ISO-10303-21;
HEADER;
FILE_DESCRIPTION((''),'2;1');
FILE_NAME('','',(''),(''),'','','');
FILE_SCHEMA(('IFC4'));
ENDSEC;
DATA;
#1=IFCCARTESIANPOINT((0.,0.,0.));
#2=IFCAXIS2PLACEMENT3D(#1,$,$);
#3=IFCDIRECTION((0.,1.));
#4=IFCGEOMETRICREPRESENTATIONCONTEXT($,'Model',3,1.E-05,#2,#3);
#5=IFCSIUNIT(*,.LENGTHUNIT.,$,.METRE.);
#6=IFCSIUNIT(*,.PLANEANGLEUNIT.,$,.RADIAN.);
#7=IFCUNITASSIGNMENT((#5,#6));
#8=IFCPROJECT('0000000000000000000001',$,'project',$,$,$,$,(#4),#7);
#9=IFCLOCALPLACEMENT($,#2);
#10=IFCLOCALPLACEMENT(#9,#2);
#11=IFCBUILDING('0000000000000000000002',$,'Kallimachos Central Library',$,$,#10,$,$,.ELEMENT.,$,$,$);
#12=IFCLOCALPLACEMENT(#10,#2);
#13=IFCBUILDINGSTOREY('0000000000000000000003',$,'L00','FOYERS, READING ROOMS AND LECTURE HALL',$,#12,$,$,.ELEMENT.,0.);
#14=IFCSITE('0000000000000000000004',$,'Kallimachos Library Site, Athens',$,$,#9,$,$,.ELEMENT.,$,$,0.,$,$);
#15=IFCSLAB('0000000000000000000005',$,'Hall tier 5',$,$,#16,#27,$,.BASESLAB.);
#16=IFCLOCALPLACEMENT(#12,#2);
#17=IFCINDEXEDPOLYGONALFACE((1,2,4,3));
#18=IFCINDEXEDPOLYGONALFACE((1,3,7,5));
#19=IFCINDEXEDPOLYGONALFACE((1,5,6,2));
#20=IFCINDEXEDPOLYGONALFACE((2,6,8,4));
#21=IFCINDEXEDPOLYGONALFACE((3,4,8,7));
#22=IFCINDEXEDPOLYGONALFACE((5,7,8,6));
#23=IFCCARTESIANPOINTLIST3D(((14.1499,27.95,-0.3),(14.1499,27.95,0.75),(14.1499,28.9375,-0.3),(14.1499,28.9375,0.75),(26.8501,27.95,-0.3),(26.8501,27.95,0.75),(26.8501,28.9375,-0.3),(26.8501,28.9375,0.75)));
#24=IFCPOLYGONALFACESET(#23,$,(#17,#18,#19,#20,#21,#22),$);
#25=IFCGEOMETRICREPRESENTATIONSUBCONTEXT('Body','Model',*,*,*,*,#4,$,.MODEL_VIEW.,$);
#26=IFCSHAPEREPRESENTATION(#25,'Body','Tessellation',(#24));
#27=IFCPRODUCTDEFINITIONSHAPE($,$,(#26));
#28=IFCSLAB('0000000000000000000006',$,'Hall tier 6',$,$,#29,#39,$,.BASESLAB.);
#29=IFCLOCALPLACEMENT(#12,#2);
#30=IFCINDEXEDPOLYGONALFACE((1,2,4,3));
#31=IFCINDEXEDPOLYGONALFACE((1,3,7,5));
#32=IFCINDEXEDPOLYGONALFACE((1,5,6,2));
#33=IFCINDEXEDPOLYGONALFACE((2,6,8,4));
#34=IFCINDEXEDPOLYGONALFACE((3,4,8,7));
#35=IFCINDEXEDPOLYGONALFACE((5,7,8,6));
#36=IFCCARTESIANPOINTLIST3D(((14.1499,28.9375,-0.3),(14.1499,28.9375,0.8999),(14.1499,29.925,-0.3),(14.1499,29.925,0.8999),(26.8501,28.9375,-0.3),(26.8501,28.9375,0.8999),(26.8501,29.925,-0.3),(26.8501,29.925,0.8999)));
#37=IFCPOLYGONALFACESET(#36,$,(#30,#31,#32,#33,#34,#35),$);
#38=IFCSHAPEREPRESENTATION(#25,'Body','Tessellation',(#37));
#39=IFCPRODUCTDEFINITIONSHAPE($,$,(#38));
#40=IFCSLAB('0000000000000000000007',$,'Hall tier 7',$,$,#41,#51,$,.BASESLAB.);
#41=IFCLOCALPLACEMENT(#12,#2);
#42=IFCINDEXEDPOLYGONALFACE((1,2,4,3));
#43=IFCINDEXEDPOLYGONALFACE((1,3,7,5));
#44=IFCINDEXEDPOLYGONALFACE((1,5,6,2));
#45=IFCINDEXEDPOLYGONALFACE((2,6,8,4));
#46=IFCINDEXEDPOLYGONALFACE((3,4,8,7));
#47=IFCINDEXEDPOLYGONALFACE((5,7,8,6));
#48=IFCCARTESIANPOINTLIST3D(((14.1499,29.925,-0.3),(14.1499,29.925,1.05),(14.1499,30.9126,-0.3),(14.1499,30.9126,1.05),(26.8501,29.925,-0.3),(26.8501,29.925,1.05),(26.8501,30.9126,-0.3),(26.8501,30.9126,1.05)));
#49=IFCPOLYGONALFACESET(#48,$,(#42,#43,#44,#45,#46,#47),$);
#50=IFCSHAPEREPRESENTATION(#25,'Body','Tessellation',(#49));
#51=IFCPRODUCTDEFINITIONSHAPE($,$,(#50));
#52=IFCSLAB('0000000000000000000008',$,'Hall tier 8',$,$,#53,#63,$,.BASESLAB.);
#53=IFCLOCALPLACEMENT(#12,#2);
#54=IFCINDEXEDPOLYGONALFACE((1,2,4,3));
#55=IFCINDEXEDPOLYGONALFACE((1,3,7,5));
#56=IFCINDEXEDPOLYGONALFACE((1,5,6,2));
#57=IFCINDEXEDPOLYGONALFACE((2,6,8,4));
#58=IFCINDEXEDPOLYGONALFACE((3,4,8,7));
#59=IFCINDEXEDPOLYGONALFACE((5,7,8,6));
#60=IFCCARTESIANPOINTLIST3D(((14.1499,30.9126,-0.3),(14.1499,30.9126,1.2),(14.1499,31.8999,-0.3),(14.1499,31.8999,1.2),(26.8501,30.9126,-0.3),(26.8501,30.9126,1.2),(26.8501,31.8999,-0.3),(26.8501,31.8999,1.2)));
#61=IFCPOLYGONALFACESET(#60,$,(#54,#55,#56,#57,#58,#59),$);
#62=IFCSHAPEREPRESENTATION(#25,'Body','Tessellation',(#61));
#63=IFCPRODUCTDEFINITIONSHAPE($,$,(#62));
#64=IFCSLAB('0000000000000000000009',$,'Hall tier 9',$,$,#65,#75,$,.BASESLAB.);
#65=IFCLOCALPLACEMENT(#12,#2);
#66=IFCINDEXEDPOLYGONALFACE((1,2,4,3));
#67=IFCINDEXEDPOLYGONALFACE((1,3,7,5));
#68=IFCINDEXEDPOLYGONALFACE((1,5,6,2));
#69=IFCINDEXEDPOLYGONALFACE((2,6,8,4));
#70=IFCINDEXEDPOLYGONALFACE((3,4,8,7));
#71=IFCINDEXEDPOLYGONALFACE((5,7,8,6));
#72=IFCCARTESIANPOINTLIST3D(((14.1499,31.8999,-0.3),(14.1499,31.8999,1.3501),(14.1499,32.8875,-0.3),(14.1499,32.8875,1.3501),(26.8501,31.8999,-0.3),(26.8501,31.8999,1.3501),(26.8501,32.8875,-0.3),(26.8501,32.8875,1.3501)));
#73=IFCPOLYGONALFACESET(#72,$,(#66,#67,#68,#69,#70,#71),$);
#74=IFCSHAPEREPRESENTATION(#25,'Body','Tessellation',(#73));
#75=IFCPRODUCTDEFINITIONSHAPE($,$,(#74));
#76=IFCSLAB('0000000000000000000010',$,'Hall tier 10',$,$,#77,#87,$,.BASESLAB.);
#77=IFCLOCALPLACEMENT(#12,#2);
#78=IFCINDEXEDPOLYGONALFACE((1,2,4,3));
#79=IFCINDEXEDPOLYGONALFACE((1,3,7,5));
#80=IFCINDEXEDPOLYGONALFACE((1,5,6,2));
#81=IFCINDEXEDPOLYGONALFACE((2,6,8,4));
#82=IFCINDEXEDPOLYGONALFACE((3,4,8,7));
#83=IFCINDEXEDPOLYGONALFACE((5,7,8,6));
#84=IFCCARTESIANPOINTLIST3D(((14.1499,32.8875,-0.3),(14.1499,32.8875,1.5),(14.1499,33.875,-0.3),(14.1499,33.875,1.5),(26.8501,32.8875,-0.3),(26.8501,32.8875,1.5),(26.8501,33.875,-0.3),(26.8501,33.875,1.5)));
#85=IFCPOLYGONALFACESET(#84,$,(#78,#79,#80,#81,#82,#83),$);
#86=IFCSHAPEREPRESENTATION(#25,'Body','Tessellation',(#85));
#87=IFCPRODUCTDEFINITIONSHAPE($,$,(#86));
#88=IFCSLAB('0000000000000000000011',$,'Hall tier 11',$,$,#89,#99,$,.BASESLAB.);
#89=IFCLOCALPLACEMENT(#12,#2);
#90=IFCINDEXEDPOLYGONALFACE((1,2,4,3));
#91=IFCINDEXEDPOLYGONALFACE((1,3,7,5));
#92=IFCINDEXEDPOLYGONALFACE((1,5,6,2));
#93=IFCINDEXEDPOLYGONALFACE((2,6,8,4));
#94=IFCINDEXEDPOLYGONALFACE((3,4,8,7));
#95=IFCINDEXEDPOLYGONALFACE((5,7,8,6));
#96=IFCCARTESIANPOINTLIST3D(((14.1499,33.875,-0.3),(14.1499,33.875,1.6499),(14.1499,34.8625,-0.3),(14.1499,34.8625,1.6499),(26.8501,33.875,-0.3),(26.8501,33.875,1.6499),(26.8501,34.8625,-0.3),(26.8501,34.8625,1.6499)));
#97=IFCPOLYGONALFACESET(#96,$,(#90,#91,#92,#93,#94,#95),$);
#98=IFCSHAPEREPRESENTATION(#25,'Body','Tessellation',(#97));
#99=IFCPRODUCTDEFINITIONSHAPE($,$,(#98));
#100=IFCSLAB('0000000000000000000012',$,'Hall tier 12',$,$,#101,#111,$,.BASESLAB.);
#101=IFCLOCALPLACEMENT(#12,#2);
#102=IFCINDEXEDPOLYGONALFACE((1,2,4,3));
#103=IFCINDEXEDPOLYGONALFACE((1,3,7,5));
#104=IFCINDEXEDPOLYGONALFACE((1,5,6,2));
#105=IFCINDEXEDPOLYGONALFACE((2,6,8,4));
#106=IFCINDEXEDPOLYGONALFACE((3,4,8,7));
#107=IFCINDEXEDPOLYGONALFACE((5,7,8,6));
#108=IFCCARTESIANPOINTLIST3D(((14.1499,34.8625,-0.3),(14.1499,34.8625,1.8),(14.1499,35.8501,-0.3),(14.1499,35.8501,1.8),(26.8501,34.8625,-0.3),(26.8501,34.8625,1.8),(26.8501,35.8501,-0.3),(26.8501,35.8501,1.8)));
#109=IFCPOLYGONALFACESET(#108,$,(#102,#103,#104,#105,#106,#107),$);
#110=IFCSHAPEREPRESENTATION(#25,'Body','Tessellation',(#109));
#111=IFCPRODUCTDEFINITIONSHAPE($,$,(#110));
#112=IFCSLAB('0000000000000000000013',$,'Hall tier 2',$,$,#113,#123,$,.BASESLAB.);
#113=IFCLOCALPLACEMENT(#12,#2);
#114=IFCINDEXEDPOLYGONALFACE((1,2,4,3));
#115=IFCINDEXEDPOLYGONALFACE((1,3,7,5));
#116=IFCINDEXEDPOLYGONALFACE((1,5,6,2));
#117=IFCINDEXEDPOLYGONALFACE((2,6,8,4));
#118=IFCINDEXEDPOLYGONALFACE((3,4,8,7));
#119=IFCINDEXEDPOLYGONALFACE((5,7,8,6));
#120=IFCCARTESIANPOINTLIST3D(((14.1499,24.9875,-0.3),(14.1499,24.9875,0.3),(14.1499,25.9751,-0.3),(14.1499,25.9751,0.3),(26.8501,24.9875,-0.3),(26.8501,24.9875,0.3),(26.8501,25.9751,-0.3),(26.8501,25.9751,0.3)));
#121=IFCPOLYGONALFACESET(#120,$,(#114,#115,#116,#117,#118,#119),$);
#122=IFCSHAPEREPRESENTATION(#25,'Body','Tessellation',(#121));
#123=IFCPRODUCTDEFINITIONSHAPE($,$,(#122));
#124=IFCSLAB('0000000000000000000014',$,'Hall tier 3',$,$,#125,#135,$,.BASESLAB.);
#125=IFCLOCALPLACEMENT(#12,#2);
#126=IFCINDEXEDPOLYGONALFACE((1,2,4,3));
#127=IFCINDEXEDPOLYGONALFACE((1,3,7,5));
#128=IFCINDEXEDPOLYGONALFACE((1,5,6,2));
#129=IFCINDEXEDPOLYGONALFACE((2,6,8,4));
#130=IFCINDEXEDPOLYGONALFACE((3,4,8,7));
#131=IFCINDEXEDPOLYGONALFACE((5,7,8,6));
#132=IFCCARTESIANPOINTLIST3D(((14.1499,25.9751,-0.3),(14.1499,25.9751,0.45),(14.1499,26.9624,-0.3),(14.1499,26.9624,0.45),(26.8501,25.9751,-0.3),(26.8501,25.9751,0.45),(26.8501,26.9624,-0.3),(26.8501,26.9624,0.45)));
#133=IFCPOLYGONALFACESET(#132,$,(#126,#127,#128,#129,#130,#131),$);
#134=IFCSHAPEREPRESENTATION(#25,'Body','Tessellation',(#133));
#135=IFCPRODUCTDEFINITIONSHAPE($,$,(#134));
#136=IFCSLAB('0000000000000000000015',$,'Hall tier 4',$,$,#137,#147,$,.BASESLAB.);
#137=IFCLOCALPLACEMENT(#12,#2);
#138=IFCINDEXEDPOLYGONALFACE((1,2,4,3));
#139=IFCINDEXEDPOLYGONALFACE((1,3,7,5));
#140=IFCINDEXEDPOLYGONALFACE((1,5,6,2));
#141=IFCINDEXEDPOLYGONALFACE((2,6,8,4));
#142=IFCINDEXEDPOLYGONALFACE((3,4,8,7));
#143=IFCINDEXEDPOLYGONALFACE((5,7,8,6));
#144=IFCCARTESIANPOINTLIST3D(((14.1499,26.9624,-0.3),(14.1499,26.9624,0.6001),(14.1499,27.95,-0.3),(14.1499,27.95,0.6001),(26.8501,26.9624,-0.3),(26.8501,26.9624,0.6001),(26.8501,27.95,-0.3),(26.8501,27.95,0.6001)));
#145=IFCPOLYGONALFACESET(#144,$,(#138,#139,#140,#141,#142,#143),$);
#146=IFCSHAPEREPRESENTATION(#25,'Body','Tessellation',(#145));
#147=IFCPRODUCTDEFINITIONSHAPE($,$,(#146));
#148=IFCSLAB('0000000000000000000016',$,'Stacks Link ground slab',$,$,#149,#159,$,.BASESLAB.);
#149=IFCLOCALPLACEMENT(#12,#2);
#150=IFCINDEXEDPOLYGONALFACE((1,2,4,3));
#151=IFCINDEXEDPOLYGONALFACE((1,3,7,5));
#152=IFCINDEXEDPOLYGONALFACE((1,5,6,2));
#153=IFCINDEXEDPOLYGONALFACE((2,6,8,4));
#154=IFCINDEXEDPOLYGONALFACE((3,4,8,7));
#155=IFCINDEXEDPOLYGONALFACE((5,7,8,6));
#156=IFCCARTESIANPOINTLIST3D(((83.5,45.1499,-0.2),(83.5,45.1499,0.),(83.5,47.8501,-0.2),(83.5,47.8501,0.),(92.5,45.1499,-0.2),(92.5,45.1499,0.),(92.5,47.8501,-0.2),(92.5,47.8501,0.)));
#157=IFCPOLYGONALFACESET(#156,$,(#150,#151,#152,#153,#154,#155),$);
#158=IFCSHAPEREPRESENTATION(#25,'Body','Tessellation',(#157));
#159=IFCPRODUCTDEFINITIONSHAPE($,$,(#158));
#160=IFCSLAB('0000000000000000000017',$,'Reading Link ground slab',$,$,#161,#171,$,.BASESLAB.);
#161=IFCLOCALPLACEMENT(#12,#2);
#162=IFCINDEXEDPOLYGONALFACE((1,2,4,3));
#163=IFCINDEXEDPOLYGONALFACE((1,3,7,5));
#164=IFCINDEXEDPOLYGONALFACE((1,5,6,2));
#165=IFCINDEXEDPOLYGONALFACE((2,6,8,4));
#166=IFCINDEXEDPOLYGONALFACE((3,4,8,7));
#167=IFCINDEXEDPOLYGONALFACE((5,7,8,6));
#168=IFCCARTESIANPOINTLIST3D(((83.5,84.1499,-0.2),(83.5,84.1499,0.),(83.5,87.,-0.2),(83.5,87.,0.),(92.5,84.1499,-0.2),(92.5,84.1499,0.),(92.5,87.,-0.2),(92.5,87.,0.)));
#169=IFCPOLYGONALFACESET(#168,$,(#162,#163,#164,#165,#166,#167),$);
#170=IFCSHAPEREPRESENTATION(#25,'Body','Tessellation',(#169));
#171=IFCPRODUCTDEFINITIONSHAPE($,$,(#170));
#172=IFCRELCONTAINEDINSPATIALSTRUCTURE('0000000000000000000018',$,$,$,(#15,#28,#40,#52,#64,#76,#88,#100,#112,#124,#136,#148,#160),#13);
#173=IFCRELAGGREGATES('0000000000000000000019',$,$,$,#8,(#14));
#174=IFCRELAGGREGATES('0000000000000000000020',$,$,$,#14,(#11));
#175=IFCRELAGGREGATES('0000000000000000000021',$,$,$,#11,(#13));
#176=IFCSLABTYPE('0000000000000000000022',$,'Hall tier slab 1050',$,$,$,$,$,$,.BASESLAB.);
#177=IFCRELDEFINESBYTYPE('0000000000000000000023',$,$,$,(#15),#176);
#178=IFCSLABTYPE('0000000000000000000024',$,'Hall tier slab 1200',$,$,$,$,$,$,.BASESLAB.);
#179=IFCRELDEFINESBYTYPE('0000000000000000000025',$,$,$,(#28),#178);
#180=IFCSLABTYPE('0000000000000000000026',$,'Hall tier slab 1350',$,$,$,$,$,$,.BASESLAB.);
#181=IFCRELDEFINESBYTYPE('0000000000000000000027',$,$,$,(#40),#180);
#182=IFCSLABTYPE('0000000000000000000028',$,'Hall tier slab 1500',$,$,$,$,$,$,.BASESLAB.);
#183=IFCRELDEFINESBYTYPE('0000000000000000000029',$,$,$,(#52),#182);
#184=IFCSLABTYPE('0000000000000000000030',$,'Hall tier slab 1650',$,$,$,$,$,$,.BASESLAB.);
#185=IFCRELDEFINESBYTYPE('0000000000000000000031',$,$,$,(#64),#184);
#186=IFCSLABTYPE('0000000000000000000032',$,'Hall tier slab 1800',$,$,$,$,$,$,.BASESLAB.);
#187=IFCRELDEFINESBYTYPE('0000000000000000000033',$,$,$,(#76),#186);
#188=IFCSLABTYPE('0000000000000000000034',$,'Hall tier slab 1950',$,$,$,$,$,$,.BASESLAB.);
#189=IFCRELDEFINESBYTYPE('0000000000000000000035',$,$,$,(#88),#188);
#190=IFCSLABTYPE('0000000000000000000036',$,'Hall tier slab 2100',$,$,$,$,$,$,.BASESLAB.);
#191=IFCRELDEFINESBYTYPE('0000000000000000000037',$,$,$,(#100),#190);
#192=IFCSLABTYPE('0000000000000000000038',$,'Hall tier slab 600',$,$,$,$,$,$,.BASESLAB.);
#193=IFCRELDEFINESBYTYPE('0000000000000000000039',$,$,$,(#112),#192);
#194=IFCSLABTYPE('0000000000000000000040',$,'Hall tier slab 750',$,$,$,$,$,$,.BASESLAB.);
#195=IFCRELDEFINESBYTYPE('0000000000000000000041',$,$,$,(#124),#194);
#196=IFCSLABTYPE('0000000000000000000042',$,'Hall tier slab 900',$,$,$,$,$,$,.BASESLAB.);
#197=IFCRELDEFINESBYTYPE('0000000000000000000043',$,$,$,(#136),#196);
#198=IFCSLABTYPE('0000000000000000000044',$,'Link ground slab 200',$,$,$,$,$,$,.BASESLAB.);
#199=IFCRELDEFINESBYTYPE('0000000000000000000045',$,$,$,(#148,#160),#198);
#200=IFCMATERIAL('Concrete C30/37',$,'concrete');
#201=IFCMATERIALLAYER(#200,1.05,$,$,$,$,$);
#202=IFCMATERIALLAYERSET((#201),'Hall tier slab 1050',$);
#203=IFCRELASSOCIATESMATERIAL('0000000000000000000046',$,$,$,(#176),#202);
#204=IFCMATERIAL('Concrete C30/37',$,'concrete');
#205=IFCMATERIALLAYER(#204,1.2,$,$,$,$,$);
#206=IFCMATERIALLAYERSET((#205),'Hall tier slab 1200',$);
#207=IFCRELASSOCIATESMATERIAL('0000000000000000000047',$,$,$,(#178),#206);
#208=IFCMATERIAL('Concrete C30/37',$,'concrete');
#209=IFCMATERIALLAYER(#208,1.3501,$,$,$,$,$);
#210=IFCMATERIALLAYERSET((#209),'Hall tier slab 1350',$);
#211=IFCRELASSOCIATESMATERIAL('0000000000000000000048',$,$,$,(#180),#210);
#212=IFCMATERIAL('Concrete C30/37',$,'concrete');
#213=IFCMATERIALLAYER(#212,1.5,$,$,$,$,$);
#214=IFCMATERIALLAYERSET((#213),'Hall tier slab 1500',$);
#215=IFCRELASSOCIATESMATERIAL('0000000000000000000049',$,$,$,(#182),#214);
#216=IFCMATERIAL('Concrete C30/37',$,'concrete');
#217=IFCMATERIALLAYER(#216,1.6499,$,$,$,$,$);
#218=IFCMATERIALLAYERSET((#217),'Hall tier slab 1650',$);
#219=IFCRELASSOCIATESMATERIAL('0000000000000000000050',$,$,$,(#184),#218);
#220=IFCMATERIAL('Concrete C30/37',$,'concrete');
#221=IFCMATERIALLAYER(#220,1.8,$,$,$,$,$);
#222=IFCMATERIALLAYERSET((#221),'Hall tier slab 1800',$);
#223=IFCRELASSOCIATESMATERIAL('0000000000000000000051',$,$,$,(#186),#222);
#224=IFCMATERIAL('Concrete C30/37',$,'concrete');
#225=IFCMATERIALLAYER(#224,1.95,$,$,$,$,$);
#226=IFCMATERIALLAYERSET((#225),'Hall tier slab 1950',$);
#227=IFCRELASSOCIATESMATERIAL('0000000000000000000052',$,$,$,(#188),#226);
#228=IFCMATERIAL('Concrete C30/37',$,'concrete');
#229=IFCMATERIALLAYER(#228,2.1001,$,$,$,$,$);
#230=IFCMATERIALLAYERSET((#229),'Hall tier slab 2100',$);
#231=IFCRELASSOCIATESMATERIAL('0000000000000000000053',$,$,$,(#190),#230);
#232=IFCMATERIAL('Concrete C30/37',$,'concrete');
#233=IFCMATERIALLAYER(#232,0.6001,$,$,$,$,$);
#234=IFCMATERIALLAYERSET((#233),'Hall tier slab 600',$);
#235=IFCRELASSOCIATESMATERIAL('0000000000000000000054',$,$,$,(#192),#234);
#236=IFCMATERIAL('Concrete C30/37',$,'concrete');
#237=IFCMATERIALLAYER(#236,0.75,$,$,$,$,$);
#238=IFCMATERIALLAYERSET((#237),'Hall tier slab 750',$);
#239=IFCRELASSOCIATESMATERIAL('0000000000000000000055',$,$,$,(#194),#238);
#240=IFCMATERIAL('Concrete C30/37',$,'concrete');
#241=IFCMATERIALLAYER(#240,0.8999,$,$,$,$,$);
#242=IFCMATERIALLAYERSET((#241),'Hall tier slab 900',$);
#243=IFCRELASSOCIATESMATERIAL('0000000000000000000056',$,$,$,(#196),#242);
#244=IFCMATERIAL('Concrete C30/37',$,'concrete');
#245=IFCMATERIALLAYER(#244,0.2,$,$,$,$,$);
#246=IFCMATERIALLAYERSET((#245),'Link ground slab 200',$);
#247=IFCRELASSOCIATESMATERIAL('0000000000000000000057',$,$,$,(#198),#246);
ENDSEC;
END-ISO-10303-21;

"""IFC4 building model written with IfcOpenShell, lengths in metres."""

from ifc_helpers import new_model, si_unit, direction, frame, origin, place, context, subcontext, project, spatial, polyline, outline, extrude, material, layer, layer_set, type_object, element, save


model = new_model("IFC4")

# Units and contexts
model_context = context("Model", 3, precision=1e-05, world=origin(), true_north=direction((0.0, 1.0)))
body_context = subcontext(model_context, "Body", "Model", "MODEL_VIEW")
ifc_project = project(units=[si_unit("LENGTHUNIT", "METRE"), si_unit("PLANEANGLEUNIT", "RADIAN")], contexts=[model_context])

# Site, building, storey
site_placement = place(None, origin())
site = spatial("IfcSite", under=ifc_project, at=site_placement, Name="Kallimachos Library Site, Athens", CompositionType="ELEMENT", RefElevation=0.0)
building_placement = place(site_placement, origin())
building = spatial("IfcBuilding", under=site, at=building_placement, Name="Kallimachos Central Library", CompositionType="ELEMENT")
storey_placement = place(building_placement, origin())
storey = spatial("IfcBuildingStorey", under=building, at=storey_placement, Name="L00", Description="FOYERS, READING ROOMS AND LECTURE HALL", CompositionType="ELEMENT", Elevation=0.0)

# Slabs
ifc_material_1 = material(Name="Concrete C30/37", Category="concrete")
ifc_layer_1 = layer(ifc_material_1, 1.05)
ifc_layer_set_1 = layer_set([ifc_layer_1], Name="Hall tier slab 1050")
slab_type_1 = type_object("IfcSlabType", Name="Hall tier slab 1050", PredefinedType="BASESLAB", material=ifc_layer_set_1)
slab_1_placement = place(storey_placement, frame((0.0, 0.0, -0.3)))
element("IfcSlab", 1, at=slab_1_placement, inside=storey, type_object=slab_type_1, Name="Hall tier 5", PredefinedType="BASESLAB", context=body_context, shape_type="SweptSolid", body=[
    extrude(outline(polyline([(14.1499, 27.95), (26.8501, 27.95), (26.8501, 28.9375), (14.1499, 28.9375), (14.1499, 27.95)])), origin(), (0.0, 0.0, 1.0), 1.05),
])
ifc_material_2 = material(Name="Concrete C30/37", Category="concrete")
ifc_layer_2 = layer(ifc_material_2, 1.2)
ifc_layer_set_2 = layer_set([ifc_layer_2], Name="Hall tier slab 1200")
slab_type_2 = type_object("IfcSlabType", Name="Hall tier slab 1200", PredefinedType="BASESLAB", material=ifc_layer_set_2)
slab_2_placement = place(storey_placement, frame((0.0, 0.0, -0.3)))
element("IfcSlab", 2, at=slab_2_placement, inside=storey, type_object=slab_type_2, Name="Hall tier 6", PredefinedType="BASESLAB", context=body_context, shape_type="SweptSolid", body=[
    extrude(outline(polyline([(14.1499, 28.9375), (26.8501, 28.9375), (26.8501, 29.925), (14.1499, 29.925), (14.1499, 28.9375)])), origin(), (0.0, 0.0, 1.0), 1.2),
])
ifc_material_3 = material(Name="Concrete C30/37", Category="concrete")
ifc_layer_3 = layer(ifc_material_3, 1.3501)
ifc_layer_set_3 = layer_set([ifc_layer_3], Name="Hall tier slab 1350")
slab_type_3 = type_object("IfcSlabType", Name="Hall tier slab 1350", PredefinedType="BASESLAB", material=ifc_layer_set_3)
slab_3_placement = place(storey_placement, frame((0.0, 0.0, -0.3)))
element("IfcSlab", 3, at=slab_3_placement, inside=storey, type_object=slab_type_3, Name="Hall tier 7", PredefinedType="BASESLAB", context=body_context, shape_type="SweptSolid", body=[
    extrude(outline(polyline([(14.1499, 29.925), (26.8501, 29.925), (26.8501, 30.9126), (14.1499, 30.9126), (14.1499, 29.925)])), origin(), (0.0, 0.0, 1.0), 1.3501),
])
ifc_material_4 = material(Name="Concrete C30/37", Category="concrete")
ifc_layer_4 = layer(ifc_material_4, 1.5)
ifc_layer_set_4 = layer_set([ifc_layer_4], Name="Hall tier slab 1500")
slab_type_4 = type_object("IfcSlabType", Name="Hall tier slab 1500", PredefinedType="BASESLAB", material=ifc_layer_set_4)
slab_4_placement = place(storey_placement, frame((0.0, 0.0, -0.3)))
element("IfcSlab", 4, at=slab_4_placement, inside=storey, type_object=slab_type_4, Name="Hall tier 8", PredefinedType="BASESLAB", context=body_context, shape_type="SweptSolid", body=[
    extrude(outline(polyline([(14.1499, 30.9126), (26.8501, 30.9126), (26.8501, 31.8999), (14.1499, 31.8999), (14.1499, 30.9126)])), origin(), (0.0, 0.0, 1.0), 1.5),
])
ifc_material_5 = material(Name="Concrete C30/37", Category="concrete")
ifc_layer_5 = layer(ifc_material_5, 1.6499)
ifc_layer_set_5 = layer_set([ifc_layer_5], Name="Hall tier slab 1650")
slab_type_5 = type_object("IfcSlabType", Name="Hall tier slab 1650", PredefinedType="BASESLAB", material=ifc_layer_set_5)
slab_5_placement = place(storey_placement, frame((0.0, 0.0, -0.3)))
element("IfcSlab", 5, at=slab_5_placement, inside=storey, type_object=slab_type_5, Name="Hall tier 9", PredefinedType="BASESLAB", context=body_context, shape_type="SweptSolid", body=[
    extrude(outline(polyline([(14.1499, 31.8999), (26.8501, 31.8999), (26.8501, 32.8875), (14.1499, 32.8875), (14.1499, 31.8999)])), origin(), (0.0, 0.0, 1.0), 1.6501),
])
ifc_material_6 = material(Name="Concrete C30/37", Category="concrete")
ifc_layer_6 = layer(ifc_material_6, 1.8)
ifc_layer_set_6 = layer_set([ifc_layer_6], Name="Hall tier slab 1800")
slab_type_6 = type_object("IfcSlabType", Name="Hall tier slab 1800", PredefinedType="BASESLAB", material=ifc_layer_set_6)
slab_6_placement = place(storey_placement, frame((0.0, 0.0, -0.3)))
element("IfcSlab", 6, at=slab_6_placement, inside=storey, type_object=slab_type_6, Name="Hall tier 10", PredefinedType="BASESLAB", context=body_context, shape_type="SweptSolid", body=[
    extrude(outline(polyline([(14.1499, 32.8875), (26.8501, 32.8875), (26.8501, 33.875), (14.1499, 33.875), (14.1499, 32.8875)])), origin(), (0.0, 0.0, 1.0), 1.8),
])
ifc_material_7 = material(Name="Concrete C30/37", Category="concrete")
ifc_layer_7 = layer(ifc_material_7, 1.95)
ifc_layer_set_7 = layer_set([ifc_layer_7], Name="Hall tier slab 1950")
slab_type_7 = type_object("IfcSlabType", Name="Hall tier slab 1950", PredefinedType="BASESLAB", material=ifc_layer_set_7)
slab_7_placement = place(storey_placement, frame((0.0, 0.0, -0.3)))
element("IfcSlab", 7, at=slab_7_placement, inside=storey, type_object=slab_type_7, Name="Hall tier 11", PredefinedType="BASESLAB", context=body_context, shape_type="SweptSolid", body=[
    extrude(outline(polyline([(14.1499, 33.875), (26.8501, 33.875), (26.8501, 34.8625), (14.1499, 34.8625), (14.1499, 33.875)])), origin(), (0.0, 0.0, 1.0), 1.95),
])
ifc_material_8 = material(Name="Concrete C30/37", Category="concrete")
ifc_layer_8 = layer(ifc_material_8, 2.1001)
ifc_layer_set_8 = layer_set([ifc_layer_8], Name="Hall tier slab 2100")
slab_type_8 = type_object("IfcSlabType", Name="Hall tier slab 2100", PredefinedType="BASESLAB", material=ifc_layer_set_8)
slab_8_placement = place(storey_placement, frame((0.0, 0.0, -0.3)))
element("IfcSlab", 8, at=slab_8_placement, inside=storey, type_object=slab_type_8, Name="Hall tier 12", PredefinedType="BASESLAB", context=body_context, shape_type="SweptSolid", body=[
    extrude(outline(polyline([(14.1499, 34.8625), (26.8501, 34.8625), (26.8501, 35.8501), (14.1499, 35.8501), (14.1499, 34.8625)])), origin(), (0.0, 0.0, 1.0), 2.1001),
])
ifc_material_9 = material(Name="Concrete C30/37", Category="concrete")
ifc_layer_9 = layer(ifc_material_9, 0.6001)
ifc_layer_set_9 = layer_set([ifc_layer_9], Name="Hall tier slab 600")
slab_type_9 = type_object("IfcSlabType", Name="Hall tier slab 600", PredefinedType="BASESLAB", material=ifc_layer_set_9)
slab_9_placement = place(storey_placement, frame((0.0, 0.0, -0.3)))
element("IfcSlab", 9, at=slab_9_placement, inside=storey, type_object=slab_type_9, Name="Hall tier 2", PredefinedType="BASESLAB", context=body_context, shape_type="SweptSolid", body=[
    extrude(outline(polyline([(14.1499, 24.9875), (26.8501, 24.9875), (26.8501, 25.9751), (14.1499, 25.9751), (14.1499, 24.9875)])), origin(), (0.0, 0.0, 1.0), 0.6001),
])
ifc_material_10 = material(Name="Concrete C30/37", Category="concrete")
ifc_layer_10 = layer(ifc_material_10, 0.75)
ifc_layer_set_10 = layer_set([ifc_layer_10], Name="Hall tier slab 750")
slab_type_10 = type_object("IfcSlabType", Name="Hall tier slab 750", PredefinedType="BASESLAB", material=ifc_layer_set_10)
slab_10_placement = place(storey_placement, frame((0.0, 0.0, -0.3)))
element("IfcSlab", 10, at=slab_10_placement, inside=storey, type_object=slab_type_10, Name="Hall tier 3", PredefinedType="BASESLAB", context=body_context, shape_type="SweptSolid", body=[
    extrude(outline(polyline([(14.1499, 25.9751), (26.8501, 25.9751), (26.8501, 26.9624), (14.1499, 26.9624), (14.1499, 25.9751)])), origin(), (0.0, 0.0, 1.0), 0.75),
])
ifc_material_11 = material(Name="Concrete C30/37", Category="concrete")
ifc_layer_11 = layer(ifc_material_11, 0.8999)
ifc_layer_set_11 = layer_set([ifc_layer_11], Name="Hall tier slab 900")
slab_type_11 = type_object("IfcSlabType", Name="Hall tier slab 900", PredefinedType="BASESLAB", material=ifc_layer_set_11)
slab_11_placement = place(storey_placement, frame((0.0, 0.0, -0.3)))
element("IfcSlab", 11, at=slab_11_placement, inside=storey, type_object=slab_type_11, Name="Hall tier 4", PredefinedType="BASESLAB", context=body_context, shape_type="SweptSolid", body=[
    extrude(outline(polyline([(14.1499, 26.9624), (26.8501, 26.9624), (26.8501, 27.95), (14.1499, 27.95), (14.1499, 26.9624)])), origin(), (0.0, 0.0, 1.0), 0.9001),
])
ifc_material_12 = material(Name="Concrete C30/37", Category="concrete")
ifc_layer_12 = layer(ifc_material_12, 0.2)
ifc_layer_set_12 = layer_set([ifc_layer_12], Name="Link ground slab 200")
slab_type_12 = type_object("IfcSlabType", Name="Link ground slab 200", PredefinedType="BASESLAB", material=ifc_layer_set_12)
slab_12_placement = place(storey_placement, frame((0.0, 0.0, -0.2)))
element("IfcSlab", 12, at=slab_12_placement, inside=storey, type_object=slab_type_12, Name="Stacks Link ground slab", PredefinedType="BASESLAB", context=body_context, shape_type="SweptSolid", body=[
    extrude(outline(polyline([(83.5, 45.1499), (92.5, 45.1499), (92.5, 47.8501), (83.5, 47.8501), (83.5, 45.1499)])), origin(), (0.0, 0.0, 1.0), 0.2),
])
slab_13_placement = place(storey_placement, frame((0.0, 0.0, -0.2)))
element("IfcSlab", 13, at=slab_13_placement, inside=storey, type_object=slab_type_12, Name="Reading Link ground slab", PredefinedType="BASESLAB", context=body_context, shape_type="SweptSolid", body=[
    extrude(outline(polyline([(92.5, 84.1499), (83.5, 84.1499), (83.5, 87.0), (92.5, 87.0), (92.5, 84.1499)])), origin(), (0.0, 0.0, 1.0), 0.2),
])

save(model, "model.ifc")
